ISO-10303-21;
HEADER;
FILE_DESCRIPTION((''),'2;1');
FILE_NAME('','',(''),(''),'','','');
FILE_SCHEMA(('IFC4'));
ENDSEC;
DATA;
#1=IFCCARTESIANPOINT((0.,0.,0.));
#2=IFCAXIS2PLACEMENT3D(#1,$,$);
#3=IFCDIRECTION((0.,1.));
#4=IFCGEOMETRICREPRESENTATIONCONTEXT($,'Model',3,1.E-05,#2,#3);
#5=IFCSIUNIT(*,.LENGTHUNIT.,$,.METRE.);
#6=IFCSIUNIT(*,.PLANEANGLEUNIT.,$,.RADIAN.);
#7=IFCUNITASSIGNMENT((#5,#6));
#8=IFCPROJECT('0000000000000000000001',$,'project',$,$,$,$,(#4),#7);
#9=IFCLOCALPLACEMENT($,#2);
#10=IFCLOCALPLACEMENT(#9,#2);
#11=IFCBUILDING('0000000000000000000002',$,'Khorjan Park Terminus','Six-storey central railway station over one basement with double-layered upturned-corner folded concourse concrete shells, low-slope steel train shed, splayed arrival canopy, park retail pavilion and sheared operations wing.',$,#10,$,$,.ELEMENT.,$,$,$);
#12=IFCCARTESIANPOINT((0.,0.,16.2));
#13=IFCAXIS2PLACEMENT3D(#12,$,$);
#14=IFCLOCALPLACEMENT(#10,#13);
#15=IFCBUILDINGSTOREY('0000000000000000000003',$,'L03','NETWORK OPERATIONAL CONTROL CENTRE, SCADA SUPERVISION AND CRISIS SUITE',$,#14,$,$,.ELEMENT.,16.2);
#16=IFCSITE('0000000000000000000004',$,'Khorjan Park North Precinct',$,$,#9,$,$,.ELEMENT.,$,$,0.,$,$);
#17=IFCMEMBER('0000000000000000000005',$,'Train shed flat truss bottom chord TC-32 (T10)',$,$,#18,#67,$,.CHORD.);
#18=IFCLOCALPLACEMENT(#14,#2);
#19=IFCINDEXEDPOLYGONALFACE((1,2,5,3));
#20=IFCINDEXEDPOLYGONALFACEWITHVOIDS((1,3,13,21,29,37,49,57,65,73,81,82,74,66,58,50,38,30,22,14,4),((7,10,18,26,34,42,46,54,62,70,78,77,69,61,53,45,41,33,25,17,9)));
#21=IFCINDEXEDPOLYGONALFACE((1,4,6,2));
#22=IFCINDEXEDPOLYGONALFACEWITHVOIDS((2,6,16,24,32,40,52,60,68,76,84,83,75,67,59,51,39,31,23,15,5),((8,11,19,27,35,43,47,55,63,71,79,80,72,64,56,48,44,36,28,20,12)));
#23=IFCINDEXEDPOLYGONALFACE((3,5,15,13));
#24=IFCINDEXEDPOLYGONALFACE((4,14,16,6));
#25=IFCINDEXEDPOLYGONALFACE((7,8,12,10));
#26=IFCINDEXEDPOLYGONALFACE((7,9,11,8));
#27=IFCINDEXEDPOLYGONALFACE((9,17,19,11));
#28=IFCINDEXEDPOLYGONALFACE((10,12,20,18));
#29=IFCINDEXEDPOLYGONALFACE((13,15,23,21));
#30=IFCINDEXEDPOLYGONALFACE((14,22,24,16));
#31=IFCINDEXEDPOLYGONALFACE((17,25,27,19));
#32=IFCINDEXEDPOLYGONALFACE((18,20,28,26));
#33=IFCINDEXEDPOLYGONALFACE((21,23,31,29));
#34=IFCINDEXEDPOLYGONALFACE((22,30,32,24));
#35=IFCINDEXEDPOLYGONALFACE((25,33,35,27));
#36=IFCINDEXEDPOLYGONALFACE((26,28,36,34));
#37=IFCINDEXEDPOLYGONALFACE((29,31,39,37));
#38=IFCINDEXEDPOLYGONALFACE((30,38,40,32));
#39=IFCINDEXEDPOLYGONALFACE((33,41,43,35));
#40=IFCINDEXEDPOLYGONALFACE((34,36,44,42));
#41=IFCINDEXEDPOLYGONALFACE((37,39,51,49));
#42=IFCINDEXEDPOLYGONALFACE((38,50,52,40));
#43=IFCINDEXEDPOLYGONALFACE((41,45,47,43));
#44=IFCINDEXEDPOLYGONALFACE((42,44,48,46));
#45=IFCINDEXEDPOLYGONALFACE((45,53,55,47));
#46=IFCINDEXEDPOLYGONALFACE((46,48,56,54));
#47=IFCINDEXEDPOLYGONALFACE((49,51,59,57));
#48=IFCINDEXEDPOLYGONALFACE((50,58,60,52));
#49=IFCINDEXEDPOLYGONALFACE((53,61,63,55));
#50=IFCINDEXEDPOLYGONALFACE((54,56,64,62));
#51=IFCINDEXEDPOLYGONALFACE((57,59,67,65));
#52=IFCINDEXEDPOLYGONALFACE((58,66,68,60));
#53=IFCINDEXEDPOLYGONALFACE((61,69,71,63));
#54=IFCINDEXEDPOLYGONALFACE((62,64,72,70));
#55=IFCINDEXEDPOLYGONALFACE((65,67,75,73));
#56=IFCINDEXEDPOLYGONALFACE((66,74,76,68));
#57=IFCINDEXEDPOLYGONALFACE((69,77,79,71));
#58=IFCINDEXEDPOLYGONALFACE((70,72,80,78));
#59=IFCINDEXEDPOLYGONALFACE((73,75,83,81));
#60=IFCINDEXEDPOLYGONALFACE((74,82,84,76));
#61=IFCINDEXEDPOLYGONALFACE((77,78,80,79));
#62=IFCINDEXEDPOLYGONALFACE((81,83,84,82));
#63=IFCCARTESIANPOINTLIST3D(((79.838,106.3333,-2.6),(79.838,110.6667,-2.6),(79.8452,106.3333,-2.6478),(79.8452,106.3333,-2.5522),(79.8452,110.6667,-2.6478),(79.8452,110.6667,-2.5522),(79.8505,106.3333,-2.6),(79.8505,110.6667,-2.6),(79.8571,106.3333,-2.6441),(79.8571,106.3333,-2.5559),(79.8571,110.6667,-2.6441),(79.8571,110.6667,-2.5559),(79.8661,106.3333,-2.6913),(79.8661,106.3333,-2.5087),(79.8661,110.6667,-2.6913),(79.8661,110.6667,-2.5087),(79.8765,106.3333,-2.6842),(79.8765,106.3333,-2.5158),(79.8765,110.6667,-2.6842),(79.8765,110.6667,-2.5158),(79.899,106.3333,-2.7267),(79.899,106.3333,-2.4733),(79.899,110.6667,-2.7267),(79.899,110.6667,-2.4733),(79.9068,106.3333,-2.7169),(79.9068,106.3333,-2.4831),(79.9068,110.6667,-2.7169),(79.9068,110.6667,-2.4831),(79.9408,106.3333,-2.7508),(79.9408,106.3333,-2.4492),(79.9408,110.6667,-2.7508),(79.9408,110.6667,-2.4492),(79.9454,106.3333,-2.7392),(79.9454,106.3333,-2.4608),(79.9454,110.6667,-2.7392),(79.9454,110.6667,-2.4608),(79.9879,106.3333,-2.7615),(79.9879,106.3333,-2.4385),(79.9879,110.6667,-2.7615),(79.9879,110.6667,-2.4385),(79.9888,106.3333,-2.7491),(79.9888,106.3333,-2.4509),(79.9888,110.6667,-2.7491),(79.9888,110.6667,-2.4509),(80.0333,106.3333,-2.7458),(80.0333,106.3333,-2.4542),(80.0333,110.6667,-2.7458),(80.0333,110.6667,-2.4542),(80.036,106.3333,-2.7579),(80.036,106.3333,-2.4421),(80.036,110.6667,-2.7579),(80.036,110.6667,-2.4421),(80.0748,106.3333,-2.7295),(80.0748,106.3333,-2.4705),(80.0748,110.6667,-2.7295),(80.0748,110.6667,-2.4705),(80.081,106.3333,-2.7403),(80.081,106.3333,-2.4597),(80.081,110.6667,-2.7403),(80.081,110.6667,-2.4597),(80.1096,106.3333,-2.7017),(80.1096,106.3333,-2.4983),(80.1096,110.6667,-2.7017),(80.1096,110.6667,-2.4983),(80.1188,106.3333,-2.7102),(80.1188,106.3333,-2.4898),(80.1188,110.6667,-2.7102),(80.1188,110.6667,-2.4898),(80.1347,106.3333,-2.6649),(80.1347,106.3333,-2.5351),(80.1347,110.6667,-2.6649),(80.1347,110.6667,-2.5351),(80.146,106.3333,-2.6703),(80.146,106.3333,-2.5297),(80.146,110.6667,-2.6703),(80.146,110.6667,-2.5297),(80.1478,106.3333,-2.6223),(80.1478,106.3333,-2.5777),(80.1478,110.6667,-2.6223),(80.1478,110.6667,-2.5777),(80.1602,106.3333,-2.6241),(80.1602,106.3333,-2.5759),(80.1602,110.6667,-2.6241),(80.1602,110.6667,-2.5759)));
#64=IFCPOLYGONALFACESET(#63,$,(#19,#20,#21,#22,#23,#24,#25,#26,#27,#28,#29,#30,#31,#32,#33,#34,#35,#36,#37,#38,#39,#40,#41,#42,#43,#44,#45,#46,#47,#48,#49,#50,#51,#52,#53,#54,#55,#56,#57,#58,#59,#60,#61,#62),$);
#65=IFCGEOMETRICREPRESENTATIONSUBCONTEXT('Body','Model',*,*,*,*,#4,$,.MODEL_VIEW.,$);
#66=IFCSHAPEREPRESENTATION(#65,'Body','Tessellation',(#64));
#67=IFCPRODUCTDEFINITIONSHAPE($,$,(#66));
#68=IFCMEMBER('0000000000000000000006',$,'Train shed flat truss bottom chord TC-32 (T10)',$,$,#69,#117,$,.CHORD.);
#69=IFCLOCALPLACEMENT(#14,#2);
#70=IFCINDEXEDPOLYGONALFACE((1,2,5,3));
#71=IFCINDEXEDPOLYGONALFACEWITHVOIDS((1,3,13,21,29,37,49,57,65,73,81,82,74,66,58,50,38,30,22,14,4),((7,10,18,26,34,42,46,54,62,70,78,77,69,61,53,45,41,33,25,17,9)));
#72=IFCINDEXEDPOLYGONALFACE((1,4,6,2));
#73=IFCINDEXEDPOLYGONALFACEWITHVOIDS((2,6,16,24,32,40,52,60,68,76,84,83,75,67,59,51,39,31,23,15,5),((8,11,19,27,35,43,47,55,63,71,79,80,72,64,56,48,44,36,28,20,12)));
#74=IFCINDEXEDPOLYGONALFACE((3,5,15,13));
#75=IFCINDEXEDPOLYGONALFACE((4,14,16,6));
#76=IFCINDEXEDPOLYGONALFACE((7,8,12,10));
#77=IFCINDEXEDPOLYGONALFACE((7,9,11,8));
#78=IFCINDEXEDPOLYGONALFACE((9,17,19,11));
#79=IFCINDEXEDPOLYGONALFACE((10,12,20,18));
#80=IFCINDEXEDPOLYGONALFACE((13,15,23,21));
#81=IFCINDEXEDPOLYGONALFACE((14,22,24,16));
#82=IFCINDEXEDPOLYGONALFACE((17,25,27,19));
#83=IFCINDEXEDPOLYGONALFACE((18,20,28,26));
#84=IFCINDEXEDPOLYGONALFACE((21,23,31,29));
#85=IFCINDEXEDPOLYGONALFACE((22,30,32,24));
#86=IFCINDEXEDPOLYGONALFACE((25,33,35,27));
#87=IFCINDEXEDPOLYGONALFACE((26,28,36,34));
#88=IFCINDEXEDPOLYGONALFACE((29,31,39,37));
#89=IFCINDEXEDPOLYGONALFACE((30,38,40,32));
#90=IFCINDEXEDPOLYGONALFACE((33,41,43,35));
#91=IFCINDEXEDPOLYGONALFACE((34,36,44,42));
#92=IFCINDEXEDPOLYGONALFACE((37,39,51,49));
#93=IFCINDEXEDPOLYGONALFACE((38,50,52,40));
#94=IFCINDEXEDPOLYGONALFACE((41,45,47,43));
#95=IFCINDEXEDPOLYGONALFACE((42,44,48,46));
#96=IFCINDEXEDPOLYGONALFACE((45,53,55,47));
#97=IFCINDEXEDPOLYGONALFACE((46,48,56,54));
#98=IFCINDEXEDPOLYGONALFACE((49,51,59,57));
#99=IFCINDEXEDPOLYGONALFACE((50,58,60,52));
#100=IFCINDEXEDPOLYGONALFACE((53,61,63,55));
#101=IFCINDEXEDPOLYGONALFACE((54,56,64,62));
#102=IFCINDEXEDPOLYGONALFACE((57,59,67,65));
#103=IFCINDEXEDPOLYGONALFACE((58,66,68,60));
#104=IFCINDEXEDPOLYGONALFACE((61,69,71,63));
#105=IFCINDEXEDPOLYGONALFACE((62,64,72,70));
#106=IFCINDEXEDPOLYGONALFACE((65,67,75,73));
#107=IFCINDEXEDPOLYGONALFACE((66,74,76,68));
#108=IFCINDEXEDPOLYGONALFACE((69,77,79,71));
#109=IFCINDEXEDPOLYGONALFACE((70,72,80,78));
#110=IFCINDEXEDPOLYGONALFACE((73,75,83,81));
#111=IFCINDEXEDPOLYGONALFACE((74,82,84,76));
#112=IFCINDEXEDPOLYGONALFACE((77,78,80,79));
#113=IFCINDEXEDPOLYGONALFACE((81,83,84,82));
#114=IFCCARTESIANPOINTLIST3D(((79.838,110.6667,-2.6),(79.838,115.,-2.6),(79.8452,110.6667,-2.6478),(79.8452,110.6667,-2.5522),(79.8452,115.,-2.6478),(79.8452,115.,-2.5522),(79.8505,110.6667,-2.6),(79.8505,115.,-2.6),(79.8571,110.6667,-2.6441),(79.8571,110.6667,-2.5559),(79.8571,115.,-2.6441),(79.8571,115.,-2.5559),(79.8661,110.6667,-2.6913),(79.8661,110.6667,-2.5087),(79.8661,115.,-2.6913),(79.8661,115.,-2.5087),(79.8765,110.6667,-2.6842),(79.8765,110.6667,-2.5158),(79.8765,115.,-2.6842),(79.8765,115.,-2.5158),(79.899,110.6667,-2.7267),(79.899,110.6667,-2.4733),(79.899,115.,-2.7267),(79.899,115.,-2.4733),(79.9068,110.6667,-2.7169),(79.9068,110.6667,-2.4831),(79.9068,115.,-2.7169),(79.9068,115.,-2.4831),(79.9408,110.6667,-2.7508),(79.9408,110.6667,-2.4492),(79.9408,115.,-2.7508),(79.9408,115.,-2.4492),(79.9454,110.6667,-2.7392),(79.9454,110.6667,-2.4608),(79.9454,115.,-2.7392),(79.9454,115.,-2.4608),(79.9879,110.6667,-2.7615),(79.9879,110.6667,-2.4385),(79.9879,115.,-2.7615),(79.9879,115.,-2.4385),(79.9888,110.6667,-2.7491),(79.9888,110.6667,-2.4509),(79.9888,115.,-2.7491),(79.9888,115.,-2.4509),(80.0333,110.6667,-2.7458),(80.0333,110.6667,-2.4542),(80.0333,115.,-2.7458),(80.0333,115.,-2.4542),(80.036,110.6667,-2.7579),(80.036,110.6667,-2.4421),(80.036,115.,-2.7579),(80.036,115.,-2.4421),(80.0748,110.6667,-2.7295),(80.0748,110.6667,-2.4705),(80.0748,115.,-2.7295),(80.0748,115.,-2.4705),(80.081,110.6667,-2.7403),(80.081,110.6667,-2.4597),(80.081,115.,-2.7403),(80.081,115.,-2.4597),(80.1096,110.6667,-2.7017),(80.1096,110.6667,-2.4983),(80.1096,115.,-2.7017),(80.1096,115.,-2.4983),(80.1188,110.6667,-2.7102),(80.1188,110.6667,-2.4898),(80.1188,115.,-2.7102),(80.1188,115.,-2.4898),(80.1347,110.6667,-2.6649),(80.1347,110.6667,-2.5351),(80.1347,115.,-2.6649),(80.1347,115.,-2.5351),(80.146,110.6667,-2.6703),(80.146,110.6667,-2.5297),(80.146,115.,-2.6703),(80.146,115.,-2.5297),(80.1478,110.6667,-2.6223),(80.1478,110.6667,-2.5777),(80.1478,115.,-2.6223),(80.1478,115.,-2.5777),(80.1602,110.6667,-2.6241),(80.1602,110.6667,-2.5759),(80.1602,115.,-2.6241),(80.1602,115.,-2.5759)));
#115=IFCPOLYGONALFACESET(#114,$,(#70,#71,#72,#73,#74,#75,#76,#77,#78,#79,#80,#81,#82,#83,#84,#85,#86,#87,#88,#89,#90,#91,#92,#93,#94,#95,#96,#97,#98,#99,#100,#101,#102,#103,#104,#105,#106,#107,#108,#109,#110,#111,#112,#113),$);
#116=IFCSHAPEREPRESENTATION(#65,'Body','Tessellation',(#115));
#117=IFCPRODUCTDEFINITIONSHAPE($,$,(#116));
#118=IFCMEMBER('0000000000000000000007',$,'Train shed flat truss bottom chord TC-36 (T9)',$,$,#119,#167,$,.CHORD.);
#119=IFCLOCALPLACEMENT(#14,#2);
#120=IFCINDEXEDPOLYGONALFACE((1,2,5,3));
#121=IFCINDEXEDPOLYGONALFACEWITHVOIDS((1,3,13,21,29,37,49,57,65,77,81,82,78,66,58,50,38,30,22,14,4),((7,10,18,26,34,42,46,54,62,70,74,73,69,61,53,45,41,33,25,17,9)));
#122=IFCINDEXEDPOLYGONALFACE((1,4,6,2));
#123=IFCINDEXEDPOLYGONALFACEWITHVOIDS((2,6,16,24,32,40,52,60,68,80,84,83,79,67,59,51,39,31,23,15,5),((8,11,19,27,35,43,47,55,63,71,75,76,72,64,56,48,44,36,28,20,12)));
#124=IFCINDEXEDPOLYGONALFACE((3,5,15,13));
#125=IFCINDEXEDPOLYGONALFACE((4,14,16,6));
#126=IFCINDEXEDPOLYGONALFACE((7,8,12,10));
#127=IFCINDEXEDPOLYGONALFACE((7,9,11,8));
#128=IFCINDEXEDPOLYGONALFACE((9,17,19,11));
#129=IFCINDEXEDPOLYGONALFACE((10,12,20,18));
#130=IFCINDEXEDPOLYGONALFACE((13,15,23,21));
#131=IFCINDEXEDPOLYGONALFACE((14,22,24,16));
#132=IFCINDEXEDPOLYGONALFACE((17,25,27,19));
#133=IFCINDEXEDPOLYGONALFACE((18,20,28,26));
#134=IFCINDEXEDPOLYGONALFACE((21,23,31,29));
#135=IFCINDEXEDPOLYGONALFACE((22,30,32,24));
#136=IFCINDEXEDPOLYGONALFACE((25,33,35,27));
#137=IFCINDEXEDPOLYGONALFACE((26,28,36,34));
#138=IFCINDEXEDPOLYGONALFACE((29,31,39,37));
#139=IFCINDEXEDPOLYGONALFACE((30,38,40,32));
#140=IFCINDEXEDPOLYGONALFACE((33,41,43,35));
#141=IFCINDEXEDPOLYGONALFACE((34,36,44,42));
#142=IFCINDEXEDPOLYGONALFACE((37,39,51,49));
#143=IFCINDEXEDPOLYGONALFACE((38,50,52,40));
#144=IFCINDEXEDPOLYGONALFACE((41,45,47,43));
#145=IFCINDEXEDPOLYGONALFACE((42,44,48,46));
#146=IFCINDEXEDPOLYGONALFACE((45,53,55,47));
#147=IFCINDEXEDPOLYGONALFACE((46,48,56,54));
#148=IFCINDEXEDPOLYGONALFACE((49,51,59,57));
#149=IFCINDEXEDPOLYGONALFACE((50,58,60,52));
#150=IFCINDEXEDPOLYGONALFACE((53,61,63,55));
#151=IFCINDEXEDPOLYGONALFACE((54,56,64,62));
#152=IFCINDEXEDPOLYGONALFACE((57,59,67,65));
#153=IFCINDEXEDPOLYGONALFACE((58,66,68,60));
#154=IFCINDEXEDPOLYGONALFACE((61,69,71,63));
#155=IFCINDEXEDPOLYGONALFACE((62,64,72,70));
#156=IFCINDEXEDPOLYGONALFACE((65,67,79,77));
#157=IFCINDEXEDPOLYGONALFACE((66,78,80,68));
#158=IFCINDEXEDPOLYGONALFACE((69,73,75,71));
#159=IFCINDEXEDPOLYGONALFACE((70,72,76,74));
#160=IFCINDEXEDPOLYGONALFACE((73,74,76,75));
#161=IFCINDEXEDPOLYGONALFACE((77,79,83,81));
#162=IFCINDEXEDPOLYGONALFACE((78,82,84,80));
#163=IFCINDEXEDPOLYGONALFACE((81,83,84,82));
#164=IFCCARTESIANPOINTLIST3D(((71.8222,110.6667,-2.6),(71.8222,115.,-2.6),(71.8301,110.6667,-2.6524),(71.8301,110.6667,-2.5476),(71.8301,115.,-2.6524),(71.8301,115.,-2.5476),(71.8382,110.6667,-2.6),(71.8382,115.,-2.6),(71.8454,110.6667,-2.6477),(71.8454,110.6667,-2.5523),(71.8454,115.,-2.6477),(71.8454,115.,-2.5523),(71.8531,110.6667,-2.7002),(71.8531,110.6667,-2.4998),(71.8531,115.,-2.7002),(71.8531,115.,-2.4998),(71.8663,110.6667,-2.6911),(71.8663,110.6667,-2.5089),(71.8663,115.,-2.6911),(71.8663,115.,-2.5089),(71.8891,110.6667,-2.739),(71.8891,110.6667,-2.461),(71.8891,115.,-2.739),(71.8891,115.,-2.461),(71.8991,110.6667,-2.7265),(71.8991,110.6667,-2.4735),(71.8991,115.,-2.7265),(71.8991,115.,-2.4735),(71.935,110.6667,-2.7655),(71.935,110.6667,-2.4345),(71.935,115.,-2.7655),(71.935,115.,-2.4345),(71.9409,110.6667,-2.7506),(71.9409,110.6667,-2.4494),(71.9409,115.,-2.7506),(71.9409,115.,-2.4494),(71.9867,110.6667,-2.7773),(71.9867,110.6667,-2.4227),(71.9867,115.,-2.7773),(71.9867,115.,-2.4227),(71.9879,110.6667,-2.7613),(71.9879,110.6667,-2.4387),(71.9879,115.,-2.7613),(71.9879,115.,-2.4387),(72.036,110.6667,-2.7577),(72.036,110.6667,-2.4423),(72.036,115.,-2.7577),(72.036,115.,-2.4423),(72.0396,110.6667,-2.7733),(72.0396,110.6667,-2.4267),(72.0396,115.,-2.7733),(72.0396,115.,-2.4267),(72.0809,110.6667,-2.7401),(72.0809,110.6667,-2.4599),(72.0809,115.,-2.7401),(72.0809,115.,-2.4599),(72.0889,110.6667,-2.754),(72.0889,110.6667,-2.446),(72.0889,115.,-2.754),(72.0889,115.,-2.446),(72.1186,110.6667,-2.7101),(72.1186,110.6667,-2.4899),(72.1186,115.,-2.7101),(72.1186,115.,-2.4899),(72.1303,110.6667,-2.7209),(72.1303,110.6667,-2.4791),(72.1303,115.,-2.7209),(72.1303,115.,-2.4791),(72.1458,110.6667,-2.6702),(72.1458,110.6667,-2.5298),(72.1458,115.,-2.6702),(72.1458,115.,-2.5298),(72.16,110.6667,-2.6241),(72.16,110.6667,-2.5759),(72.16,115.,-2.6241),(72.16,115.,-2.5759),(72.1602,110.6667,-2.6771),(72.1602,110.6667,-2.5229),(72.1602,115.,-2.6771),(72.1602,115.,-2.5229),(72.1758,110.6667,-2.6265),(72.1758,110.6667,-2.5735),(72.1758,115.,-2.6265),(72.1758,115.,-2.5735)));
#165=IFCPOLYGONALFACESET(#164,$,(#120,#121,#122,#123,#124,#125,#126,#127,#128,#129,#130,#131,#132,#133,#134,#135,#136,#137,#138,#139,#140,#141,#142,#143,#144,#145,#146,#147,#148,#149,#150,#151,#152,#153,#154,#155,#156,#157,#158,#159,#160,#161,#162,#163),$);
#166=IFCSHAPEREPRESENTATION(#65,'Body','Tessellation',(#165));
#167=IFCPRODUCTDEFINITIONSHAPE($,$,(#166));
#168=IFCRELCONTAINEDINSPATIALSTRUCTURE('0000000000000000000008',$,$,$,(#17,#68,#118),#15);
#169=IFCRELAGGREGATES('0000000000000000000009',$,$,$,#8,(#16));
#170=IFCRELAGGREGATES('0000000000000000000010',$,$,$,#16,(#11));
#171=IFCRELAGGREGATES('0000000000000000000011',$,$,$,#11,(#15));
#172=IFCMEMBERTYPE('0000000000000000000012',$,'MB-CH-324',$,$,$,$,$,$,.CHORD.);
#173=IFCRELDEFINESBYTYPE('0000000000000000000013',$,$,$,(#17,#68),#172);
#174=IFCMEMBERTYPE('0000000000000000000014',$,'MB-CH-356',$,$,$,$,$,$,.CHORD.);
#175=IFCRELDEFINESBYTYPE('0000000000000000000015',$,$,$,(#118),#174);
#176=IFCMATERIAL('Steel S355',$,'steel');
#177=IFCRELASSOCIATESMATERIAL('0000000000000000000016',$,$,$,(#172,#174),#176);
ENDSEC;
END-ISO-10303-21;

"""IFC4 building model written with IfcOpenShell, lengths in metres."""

from ifc_helpers import new_model, si_unit, direction, frame, origin, origin_2d, place, context, subcontext, project, spatial, hollow_circle, extrude, material, material_profile, profile_set, type_object, element, save


model = new_model("IFC4")

# Units and contexts
model_context = context("Model", 3, precision=1e-05, world=origin(), true_north=direction((0.0, 1.0)))
body_context = subcontext(model_context, "Body", "Model", "MODEL_VIEW")
ifc_project = project(units=[si_unit("LENGTHUNIT", "METRE"), si_unit("PLANEANGLEUNIT", "RADIAN")], contexts=[model_context])

# Site, building, storey
site_placement = place(None, origin())
site = spatial("IfcSite", under=ifc_project, at=site_placement, Name="Khorjan Park North Precinct", CompositionType="ELEMENT", RefElevation=0.0)
building_placement = place(site_placement, origin())
building = spatial("IfcBuilding", under=site, at=building_placement, Name="Khorjan Park Terminus", Description="Six-storey central railway station over one basement with double-layered upturned-corner folded concourse concrete shells, low-slope steel train shed, splayed arrival canopy, park retail pavilion and sheared operations wing.", CompositionType="ELEMENT")
storey_placement = place(building_placement, frame((0.0, 0.0, 16.2)))
storey = spatial("IfcBuildingStorey", under=building, at=storey_placement, Name="L03", Description="NETWORK OPERATIONAL CONTROL CENTRE, SCADA SUPERVISION AND CRISIS SUITE", CompositionType="ELEMENT", Elevation=16.2)

# Members
ifc_material = material(Name="Steel S355", Category="steel")
ifc_material_profile_1 = material_profile(ifc_material, hollow_circle(Radius=0.162, WallThickness=0.0125, at=origin_2d()), Name="CHS 323.9x12.5")
ifc_profile_set_1 = profile_set([ifc_material_profile_1], Name="Steel S355")
member_type_1 = type_object("IfcMemberType", Name="MB-CH-324", PredefinedType="CHORD", material=ifc_profile_set_1)
member_1_placement = place(storey_placement, frame((80.0, 106.3333, -2.6), z_axis=(0.0, 1.0, 0.0), x_axis=(-1.0, 0.0, 0.0)))
element("IfcMember", 1, at=member_1_placement, inside=storey, type_object=member_type_1, Name="Train shed flat truss bottom chord TC-32 (T10)", PredefinedType="CHORD", context=body_context, shape_type="SweptSolid", body=[
    extrude(hollow_circle(Radius=0.162, WallThickness=0.0125, at=origin_2d()), origin(), (0.0, 0.0, 1.0), 4.3334),
])
member_2_placement = place(storey_placement, frame((80.0, 110.6667, -2.6), z_axis=(0.0, 1.0, 0.0), x_axis=(-1.0, 0.0, 0.0)))
element("IfcMember", 2, at=member_2_placement, inside=storey, type_object=member_type_1, Name="Train shed flat truss bottom chord TC-32 (T10)", PredefinedType="CHORD", context=body_context, shape_type="SweptSolid", body=[
    extrude(hollow_circle(Radius=0.162, WallThickness=0.0125, at=origin_2d()), origin(), (0.0, 0.0, 1.0), 4.3333),
])
ifc_material_profile_2 = material_profile(ifc_material, hollow_circle(Radius=0.1778, WallThickness=0.016, at=origin_2d()), Name="CHS 355.6x16")
ifc_profile_set_2 = profile_set([ifc_material_profile_2], Name="Steel S355")
member_type_2 = type_object("IfcMemberType", Name="MB-CH-356", PredefinedType="CHORD", material=ifc_profile_set_2)
member_3_placement = place(storey_placement, frame((72.0, 110.6667, -2.6), z_axis=(0.0, 1.0, 0.0), x_axis=(-1.0, 0.0, 0.0)))
element("IfcMember", 3, at=member_3_placement, inside=storey, type_object=member_type_2, Name="Train shed flat truss bottom chord TC-36 (T9)", PredefinedType="CHORD", context=body_context, shape_type="SweptSolid", body=[
    extrude(hollow_circle(Radius=0.1778, WallThickness=0.016, at=origin_2d()), origin(), (0.0, 0.0, 1.0), 4.3333),
])

save(model, "model.ifc")
